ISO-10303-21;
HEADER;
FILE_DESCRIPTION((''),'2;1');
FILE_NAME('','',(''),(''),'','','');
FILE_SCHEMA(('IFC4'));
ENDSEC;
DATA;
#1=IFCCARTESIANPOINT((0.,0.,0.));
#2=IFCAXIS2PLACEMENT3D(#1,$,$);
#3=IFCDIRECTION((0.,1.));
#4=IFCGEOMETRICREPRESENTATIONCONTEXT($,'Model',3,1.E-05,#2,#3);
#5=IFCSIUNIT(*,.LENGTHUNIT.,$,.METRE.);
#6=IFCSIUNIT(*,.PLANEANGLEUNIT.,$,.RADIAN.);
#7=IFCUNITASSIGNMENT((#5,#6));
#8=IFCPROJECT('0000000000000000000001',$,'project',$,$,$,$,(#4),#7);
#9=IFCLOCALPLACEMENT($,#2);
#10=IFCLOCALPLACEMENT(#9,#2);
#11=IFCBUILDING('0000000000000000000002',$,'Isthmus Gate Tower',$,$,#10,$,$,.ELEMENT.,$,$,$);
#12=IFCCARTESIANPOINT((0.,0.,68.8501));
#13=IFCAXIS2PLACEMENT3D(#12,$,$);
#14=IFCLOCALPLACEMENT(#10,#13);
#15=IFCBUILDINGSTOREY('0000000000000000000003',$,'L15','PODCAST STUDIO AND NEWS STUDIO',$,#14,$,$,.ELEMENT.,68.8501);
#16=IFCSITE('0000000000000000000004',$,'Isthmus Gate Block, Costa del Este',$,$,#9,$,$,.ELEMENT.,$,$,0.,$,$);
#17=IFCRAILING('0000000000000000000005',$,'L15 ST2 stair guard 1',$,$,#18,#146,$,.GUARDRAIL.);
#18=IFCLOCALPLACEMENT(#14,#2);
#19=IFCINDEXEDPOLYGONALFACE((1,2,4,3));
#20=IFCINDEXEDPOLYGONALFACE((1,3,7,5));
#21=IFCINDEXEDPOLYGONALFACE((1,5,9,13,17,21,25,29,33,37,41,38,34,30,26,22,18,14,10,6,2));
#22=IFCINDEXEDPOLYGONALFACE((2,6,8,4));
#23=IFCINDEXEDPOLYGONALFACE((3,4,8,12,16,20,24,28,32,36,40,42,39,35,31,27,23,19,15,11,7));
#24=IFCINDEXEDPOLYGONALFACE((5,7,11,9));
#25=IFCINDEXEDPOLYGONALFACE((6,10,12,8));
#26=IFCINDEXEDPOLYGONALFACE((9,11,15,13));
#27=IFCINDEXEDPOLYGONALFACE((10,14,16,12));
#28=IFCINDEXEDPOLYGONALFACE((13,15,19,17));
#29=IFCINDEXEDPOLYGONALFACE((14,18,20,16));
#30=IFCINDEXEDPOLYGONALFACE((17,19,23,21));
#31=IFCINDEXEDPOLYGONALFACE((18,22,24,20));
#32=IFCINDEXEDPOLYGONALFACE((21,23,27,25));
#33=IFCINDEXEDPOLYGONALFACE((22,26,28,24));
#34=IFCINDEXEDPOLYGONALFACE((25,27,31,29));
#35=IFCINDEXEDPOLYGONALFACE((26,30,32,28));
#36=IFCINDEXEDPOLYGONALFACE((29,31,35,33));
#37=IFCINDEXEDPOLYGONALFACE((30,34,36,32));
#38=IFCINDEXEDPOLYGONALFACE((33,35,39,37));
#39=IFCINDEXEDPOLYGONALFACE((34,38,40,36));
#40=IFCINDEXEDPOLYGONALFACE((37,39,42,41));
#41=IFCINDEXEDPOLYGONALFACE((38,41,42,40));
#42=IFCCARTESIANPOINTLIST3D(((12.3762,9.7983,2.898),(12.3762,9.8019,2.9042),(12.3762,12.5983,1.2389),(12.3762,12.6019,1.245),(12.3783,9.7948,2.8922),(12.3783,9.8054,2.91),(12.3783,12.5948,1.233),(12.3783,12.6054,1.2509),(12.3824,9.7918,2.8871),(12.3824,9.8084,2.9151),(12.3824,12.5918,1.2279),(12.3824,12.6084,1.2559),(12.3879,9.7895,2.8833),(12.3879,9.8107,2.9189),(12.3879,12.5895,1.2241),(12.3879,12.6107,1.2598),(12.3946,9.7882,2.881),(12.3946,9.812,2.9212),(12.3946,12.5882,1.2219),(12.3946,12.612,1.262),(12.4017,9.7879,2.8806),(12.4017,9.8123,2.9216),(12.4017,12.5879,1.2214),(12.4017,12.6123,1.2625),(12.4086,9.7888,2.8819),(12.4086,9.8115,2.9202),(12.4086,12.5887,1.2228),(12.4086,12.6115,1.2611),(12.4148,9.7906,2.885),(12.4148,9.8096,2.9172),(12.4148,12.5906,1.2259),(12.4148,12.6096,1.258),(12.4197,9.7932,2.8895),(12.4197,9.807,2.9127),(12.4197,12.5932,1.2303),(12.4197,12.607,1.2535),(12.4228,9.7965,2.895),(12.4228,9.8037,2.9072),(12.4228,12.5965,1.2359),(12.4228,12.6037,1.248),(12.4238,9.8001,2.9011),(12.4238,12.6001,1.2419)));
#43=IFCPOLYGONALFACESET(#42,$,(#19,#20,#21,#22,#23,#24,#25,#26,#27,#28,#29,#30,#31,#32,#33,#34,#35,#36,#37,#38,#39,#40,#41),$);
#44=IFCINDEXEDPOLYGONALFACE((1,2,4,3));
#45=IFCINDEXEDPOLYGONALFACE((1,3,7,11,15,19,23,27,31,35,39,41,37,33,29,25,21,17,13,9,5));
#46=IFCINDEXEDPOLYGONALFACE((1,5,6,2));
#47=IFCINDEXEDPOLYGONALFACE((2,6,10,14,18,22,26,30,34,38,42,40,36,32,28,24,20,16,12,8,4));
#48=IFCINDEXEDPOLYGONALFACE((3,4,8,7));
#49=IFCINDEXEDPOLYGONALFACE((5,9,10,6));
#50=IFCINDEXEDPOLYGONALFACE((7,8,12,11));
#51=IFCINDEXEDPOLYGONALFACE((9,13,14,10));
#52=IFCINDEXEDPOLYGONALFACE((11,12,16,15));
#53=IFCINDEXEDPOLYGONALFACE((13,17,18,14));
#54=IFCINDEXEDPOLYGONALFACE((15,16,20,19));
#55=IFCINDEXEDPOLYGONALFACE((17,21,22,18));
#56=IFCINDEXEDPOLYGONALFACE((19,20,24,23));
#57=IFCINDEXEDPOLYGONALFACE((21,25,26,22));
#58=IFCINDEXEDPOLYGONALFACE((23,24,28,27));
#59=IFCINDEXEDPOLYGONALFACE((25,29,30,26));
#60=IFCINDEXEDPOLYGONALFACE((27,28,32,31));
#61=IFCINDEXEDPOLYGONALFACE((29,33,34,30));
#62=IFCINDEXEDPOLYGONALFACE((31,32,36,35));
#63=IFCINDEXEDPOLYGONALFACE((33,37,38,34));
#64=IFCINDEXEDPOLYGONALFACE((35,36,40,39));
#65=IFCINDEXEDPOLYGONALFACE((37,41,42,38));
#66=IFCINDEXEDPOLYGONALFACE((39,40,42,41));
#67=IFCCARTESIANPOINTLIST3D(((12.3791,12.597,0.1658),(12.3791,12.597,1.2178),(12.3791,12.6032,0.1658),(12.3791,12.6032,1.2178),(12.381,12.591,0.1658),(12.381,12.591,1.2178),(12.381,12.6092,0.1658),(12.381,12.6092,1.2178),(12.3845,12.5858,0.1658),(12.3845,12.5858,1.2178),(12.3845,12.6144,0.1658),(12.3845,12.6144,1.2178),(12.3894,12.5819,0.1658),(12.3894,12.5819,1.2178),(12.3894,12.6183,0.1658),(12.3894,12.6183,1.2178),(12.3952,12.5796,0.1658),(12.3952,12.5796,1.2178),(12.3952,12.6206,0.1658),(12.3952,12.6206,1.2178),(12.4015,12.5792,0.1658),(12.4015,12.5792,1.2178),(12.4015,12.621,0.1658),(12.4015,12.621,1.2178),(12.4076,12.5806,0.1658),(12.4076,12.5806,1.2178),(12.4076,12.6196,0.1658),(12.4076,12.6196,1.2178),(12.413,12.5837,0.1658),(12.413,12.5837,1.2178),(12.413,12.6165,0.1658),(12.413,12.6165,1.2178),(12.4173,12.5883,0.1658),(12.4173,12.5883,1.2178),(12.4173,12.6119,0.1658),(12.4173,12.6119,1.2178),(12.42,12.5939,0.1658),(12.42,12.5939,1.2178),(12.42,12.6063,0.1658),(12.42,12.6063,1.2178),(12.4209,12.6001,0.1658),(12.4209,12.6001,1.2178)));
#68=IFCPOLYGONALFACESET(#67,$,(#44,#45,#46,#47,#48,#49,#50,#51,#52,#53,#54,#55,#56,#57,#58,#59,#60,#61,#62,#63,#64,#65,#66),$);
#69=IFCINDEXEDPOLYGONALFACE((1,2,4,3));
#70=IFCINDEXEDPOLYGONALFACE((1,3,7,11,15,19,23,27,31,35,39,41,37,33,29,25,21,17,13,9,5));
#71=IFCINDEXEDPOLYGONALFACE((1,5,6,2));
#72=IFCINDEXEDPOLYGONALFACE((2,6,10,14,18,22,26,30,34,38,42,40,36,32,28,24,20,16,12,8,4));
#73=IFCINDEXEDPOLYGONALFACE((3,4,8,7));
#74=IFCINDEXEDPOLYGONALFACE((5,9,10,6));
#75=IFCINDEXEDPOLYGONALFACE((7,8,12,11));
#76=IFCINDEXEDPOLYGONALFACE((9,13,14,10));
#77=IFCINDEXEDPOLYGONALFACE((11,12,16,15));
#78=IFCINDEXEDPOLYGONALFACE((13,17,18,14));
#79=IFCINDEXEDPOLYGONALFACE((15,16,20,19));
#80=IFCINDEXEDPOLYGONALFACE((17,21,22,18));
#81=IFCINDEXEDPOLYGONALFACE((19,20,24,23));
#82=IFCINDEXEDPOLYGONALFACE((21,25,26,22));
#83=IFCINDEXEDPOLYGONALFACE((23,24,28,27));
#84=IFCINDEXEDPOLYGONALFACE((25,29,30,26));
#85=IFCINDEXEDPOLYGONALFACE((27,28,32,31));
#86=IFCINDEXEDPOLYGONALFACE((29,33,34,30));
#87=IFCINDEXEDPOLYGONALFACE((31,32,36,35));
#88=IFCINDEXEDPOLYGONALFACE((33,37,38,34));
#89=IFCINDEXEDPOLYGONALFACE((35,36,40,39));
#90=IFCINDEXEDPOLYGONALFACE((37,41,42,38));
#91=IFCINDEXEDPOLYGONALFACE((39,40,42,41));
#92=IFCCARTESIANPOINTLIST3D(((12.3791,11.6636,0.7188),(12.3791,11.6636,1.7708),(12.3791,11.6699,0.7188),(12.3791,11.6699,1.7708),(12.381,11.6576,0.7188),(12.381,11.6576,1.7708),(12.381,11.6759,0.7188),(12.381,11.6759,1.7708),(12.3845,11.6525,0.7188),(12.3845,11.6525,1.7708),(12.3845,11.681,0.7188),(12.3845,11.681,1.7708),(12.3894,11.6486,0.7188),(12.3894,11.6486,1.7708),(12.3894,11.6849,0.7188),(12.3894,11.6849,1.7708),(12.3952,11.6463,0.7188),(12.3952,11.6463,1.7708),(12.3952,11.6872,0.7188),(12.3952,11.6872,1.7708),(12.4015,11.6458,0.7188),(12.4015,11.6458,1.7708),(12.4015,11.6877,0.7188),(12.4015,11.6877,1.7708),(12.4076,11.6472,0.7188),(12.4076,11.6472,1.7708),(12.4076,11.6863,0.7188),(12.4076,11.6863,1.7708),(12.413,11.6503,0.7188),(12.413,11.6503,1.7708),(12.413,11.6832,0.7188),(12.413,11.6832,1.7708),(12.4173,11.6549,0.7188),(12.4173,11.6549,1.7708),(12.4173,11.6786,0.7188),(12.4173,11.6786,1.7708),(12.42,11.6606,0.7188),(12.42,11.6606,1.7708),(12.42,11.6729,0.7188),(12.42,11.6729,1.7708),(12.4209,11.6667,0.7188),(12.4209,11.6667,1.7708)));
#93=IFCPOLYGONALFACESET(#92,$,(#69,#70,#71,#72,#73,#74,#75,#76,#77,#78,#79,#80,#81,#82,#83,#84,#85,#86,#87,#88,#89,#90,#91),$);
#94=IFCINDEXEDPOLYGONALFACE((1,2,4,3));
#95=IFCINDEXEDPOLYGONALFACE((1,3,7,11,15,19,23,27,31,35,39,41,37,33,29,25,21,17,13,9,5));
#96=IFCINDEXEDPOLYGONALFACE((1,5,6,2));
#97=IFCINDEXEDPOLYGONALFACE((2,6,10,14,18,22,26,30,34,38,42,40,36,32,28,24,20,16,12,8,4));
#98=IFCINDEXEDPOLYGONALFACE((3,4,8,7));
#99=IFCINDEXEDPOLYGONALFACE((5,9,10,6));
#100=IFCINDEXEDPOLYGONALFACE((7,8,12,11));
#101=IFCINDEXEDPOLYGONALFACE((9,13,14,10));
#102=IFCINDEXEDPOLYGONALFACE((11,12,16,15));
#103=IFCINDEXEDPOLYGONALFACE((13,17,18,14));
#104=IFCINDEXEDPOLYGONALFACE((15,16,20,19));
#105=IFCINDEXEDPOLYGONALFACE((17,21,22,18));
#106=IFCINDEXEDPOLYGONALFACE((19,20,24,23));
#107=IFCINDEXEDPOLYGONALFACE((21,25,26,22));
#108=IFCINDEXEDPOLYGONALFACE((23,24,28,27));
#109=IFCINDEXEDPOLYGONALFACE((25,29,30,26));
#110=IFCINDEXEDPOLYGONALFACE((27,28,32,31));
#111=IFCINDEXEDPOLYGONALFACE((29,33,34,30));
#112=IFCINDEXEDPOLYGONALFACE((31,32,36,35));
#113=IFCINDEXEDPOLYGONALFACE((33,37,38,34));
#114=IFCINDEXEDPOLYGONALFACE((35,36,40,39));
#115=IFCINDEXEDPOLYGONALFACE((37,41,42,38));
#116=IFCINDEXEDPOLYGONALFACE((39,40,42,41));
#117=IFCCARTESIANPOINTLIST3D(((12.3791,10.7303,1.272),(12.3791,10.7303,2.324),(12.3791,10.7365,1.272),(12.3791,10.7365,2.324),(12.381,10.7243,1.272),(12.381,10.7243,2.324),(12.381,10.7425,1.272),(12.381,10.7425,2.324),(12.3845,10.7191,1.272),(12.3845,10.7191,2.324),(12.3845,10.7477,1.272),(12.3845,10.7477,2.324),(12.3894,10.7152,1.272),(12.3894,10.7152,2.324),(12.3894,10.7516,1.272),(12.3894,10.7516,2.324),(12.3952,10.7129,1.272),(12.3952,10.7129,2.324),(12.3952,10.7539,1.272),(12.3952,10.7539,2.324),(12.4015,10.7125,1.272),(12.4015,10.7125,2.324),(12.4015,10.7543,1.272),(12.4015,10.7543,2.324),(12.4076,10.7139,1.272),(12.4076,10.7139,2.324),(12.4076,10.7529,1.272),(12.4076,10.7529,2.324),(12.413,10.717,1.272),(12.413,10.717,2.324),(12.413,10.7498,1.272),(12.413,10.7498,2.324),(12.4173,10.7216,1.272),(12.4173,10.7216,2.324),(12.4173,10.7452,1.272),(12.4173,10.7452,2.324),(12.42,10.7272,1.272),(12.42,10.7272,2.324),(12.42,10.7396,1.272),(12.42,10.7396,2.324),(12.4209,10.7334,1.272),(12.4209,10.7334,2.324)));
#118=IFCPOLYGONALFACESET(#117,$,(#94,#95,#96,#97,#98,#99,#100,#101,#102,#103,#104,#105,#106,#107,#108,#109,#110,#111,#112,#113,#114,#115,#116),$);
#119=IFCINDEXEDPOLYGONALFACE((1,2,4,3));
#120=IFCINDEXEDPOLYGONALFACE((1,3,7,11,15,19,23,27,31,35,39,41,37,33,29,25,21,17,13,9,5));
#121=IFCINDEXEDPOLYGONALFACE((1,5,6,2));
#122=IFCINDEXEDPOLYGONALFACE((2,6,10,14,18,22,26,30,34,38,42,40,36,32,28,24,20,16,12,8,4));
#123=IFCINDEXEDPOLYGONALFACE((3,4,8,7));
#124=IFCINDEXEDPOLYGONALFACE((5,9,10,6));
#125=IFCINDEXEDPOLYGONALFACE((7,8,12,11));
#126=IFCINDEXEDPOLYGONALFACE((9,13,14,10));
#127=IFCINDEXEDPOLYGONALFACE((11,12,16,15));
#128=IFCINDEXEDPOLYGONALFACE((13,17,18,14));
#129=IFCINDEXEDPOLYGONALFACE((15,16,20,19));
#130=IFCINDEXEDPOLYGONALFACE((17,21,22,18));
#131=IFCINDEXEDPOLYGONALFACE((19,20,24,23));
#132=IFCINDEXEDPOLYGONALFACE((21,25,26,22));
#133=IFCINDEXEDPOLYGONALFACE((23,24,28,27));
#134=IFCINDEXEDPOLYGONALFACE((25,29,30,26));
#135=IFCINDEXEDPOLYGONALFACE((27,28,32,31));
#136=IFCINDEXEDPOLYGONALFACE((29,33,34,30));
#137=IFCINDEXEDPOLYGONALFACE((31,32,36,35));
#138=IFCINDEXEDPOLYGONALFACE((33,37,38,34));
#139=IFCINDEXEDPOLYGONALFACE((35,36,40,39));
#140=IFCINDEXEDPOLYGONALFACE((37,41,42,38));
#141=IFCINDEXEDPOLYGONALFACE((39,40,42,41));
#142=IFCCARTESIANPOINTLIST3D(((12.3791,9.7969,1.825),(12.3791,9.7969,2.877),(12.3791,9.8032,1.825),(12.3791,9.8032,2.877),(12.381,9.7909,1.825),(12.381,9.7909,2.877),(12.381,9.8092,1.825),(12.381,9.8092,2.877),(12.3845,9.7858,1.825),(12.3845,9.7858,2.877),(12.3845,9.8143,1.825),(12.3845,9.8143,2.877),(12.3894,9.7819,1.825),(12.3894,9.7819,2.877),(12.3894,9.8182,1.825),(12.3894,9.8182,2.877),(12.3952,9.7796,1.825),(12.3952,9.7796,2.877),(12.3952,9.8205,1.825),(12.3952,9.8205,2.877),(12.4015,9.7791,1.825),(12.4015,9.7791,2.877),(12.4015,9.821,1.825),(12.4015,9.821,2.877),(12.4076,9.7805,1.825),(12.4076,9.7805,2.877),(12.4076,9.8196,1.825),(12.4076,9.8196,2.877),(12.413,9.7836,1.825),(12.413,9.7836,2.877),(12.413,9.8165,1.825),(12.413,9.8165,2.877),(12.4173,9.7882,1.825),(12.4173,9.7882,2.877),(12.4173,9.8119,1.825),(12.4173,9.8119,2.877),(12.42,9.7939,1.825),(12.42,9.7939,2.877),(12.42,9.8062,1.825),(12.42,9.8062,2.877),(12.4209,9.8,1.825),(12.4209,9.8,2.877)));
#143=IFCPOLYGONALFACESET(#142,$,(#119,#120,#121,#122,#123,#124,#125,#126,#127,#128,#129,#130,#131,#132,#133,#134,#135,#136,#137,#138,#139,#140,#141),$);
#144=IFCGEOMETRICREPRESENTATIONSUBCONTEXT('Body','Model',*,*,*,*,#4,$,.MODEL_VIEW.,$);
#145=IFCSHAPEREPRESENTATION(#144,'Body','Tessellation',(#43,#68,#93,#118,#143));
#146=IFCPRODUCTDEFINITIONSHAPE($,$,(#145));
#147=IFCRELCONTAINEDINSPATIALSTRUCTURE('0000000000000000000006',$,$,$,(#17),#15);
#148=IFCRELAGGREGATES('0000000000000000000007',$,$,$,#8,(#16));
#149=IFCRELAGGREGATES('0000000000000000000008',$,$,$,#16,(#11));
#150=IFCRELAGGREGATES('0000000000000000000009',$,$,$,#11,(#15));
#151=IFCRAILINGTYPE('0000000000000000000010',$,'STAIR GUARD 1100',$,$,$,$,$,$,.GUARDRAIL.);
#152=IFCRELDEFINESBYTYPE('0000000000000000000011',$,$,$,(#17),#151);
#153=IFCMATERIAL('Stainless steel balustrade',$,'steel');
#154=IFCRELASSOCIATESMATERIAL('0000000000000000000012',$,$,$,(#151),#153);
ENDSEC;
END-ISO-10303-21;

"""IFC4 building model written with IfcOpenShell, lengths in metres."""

from ifc_helpers import new_model, si_unit, direction, frame, origin, origin_2d, place, context, subcontext, project, spatial, circle, extrude, material, type_object, element, save


model = new_model("IFC4")

# Units and contexts
model_context = context("Model", 3, precision=1e-05, world=origin(), true_north=direction((0.0, 1.0)))
body_context = subcontext(model_context, "Body", "Model", "MODEL_VIEW")
ifc_project = project(units=[si_unit("LENGTHUNIT", "METRE"), si_unit("PLANEANGLEUNIT", "RADIAN")], contexts=[model_context])

# Site, building, storey
site_placement = place(None, origin())
site = spatial("IfcSite", under=ifc_project, at=site_placement, Name="Isthmus Gate Block, Costa del Este", CompositionType="ELEMENT", RefElevation=0.0)
building_placement = place(site_placement, origin())
building = spatial("IfcBuilding", under=site, at=building_placement, Name="Isthmus Gate Tower", CompositionType="ELEMENT")
storey_placement = place(building_placement, frame((0.0, 0.0, 68.8501)))
storey = spatial("IfcBuildingStorey", under=building, at=storey_placement, Name="L15", Description="PODCAST STUDIO AND NEWS STUDIO", CompositionType="ELEMENT", Elevation=68.8501)

# Railing
ifc_material_1 = material(Name="Stainless steel balustrade", Category="steel")
railing_type_1 = type_object("IfcRailingType", Name="STAIR GUARD 1100", PredefinedType="GUARDRAIL", material=ifc_material_1)
railing_1_placement = place(storey_placement, frame((12.3999, 12.6001, 0.1658)))
element("IfcRailing", 1, at=railing_1_placement, inside=storey, type_object=railing_type_1, Name="L15 ST2 stair guard 1", PredefinedType="GUARDRAIL", context=body_context, shape_type="SweptSolid", body=[
    extrude(circle(Radius=0.0239, at=origin_2d()), frame((0.0, 0.0, 1.0762), z_axis=(0.0, -0.860306, 0.509778), x_axis=(1.0, 0.0, 0.0)), (0.0, 0.0, 1.0), 3.2546),
    extrude(circle(Radius=0.021, at=origin_2d()), origin(), (0.0, 0.0, 1.0), 1.052),
    extrude(circle(Radius=0.021, at=origin_2d()), frame((0.0, -0.9333, 0.553)), (0.0, 0.0, 1.0), 1.052),
    extrude(circle(Radius=0.021, at=origin_2d()), frame((0.0, -1.8667, 1.1062)), (0.0, 0.0, 1.0), 1.052),
    extrude(circle(Radius=0.021, at=origin_2d()), frame((0.0, -2.8, 1.6592)), (0.0, 0.0, 1.0), 1.052),
])

save(model, "model.ifc")
